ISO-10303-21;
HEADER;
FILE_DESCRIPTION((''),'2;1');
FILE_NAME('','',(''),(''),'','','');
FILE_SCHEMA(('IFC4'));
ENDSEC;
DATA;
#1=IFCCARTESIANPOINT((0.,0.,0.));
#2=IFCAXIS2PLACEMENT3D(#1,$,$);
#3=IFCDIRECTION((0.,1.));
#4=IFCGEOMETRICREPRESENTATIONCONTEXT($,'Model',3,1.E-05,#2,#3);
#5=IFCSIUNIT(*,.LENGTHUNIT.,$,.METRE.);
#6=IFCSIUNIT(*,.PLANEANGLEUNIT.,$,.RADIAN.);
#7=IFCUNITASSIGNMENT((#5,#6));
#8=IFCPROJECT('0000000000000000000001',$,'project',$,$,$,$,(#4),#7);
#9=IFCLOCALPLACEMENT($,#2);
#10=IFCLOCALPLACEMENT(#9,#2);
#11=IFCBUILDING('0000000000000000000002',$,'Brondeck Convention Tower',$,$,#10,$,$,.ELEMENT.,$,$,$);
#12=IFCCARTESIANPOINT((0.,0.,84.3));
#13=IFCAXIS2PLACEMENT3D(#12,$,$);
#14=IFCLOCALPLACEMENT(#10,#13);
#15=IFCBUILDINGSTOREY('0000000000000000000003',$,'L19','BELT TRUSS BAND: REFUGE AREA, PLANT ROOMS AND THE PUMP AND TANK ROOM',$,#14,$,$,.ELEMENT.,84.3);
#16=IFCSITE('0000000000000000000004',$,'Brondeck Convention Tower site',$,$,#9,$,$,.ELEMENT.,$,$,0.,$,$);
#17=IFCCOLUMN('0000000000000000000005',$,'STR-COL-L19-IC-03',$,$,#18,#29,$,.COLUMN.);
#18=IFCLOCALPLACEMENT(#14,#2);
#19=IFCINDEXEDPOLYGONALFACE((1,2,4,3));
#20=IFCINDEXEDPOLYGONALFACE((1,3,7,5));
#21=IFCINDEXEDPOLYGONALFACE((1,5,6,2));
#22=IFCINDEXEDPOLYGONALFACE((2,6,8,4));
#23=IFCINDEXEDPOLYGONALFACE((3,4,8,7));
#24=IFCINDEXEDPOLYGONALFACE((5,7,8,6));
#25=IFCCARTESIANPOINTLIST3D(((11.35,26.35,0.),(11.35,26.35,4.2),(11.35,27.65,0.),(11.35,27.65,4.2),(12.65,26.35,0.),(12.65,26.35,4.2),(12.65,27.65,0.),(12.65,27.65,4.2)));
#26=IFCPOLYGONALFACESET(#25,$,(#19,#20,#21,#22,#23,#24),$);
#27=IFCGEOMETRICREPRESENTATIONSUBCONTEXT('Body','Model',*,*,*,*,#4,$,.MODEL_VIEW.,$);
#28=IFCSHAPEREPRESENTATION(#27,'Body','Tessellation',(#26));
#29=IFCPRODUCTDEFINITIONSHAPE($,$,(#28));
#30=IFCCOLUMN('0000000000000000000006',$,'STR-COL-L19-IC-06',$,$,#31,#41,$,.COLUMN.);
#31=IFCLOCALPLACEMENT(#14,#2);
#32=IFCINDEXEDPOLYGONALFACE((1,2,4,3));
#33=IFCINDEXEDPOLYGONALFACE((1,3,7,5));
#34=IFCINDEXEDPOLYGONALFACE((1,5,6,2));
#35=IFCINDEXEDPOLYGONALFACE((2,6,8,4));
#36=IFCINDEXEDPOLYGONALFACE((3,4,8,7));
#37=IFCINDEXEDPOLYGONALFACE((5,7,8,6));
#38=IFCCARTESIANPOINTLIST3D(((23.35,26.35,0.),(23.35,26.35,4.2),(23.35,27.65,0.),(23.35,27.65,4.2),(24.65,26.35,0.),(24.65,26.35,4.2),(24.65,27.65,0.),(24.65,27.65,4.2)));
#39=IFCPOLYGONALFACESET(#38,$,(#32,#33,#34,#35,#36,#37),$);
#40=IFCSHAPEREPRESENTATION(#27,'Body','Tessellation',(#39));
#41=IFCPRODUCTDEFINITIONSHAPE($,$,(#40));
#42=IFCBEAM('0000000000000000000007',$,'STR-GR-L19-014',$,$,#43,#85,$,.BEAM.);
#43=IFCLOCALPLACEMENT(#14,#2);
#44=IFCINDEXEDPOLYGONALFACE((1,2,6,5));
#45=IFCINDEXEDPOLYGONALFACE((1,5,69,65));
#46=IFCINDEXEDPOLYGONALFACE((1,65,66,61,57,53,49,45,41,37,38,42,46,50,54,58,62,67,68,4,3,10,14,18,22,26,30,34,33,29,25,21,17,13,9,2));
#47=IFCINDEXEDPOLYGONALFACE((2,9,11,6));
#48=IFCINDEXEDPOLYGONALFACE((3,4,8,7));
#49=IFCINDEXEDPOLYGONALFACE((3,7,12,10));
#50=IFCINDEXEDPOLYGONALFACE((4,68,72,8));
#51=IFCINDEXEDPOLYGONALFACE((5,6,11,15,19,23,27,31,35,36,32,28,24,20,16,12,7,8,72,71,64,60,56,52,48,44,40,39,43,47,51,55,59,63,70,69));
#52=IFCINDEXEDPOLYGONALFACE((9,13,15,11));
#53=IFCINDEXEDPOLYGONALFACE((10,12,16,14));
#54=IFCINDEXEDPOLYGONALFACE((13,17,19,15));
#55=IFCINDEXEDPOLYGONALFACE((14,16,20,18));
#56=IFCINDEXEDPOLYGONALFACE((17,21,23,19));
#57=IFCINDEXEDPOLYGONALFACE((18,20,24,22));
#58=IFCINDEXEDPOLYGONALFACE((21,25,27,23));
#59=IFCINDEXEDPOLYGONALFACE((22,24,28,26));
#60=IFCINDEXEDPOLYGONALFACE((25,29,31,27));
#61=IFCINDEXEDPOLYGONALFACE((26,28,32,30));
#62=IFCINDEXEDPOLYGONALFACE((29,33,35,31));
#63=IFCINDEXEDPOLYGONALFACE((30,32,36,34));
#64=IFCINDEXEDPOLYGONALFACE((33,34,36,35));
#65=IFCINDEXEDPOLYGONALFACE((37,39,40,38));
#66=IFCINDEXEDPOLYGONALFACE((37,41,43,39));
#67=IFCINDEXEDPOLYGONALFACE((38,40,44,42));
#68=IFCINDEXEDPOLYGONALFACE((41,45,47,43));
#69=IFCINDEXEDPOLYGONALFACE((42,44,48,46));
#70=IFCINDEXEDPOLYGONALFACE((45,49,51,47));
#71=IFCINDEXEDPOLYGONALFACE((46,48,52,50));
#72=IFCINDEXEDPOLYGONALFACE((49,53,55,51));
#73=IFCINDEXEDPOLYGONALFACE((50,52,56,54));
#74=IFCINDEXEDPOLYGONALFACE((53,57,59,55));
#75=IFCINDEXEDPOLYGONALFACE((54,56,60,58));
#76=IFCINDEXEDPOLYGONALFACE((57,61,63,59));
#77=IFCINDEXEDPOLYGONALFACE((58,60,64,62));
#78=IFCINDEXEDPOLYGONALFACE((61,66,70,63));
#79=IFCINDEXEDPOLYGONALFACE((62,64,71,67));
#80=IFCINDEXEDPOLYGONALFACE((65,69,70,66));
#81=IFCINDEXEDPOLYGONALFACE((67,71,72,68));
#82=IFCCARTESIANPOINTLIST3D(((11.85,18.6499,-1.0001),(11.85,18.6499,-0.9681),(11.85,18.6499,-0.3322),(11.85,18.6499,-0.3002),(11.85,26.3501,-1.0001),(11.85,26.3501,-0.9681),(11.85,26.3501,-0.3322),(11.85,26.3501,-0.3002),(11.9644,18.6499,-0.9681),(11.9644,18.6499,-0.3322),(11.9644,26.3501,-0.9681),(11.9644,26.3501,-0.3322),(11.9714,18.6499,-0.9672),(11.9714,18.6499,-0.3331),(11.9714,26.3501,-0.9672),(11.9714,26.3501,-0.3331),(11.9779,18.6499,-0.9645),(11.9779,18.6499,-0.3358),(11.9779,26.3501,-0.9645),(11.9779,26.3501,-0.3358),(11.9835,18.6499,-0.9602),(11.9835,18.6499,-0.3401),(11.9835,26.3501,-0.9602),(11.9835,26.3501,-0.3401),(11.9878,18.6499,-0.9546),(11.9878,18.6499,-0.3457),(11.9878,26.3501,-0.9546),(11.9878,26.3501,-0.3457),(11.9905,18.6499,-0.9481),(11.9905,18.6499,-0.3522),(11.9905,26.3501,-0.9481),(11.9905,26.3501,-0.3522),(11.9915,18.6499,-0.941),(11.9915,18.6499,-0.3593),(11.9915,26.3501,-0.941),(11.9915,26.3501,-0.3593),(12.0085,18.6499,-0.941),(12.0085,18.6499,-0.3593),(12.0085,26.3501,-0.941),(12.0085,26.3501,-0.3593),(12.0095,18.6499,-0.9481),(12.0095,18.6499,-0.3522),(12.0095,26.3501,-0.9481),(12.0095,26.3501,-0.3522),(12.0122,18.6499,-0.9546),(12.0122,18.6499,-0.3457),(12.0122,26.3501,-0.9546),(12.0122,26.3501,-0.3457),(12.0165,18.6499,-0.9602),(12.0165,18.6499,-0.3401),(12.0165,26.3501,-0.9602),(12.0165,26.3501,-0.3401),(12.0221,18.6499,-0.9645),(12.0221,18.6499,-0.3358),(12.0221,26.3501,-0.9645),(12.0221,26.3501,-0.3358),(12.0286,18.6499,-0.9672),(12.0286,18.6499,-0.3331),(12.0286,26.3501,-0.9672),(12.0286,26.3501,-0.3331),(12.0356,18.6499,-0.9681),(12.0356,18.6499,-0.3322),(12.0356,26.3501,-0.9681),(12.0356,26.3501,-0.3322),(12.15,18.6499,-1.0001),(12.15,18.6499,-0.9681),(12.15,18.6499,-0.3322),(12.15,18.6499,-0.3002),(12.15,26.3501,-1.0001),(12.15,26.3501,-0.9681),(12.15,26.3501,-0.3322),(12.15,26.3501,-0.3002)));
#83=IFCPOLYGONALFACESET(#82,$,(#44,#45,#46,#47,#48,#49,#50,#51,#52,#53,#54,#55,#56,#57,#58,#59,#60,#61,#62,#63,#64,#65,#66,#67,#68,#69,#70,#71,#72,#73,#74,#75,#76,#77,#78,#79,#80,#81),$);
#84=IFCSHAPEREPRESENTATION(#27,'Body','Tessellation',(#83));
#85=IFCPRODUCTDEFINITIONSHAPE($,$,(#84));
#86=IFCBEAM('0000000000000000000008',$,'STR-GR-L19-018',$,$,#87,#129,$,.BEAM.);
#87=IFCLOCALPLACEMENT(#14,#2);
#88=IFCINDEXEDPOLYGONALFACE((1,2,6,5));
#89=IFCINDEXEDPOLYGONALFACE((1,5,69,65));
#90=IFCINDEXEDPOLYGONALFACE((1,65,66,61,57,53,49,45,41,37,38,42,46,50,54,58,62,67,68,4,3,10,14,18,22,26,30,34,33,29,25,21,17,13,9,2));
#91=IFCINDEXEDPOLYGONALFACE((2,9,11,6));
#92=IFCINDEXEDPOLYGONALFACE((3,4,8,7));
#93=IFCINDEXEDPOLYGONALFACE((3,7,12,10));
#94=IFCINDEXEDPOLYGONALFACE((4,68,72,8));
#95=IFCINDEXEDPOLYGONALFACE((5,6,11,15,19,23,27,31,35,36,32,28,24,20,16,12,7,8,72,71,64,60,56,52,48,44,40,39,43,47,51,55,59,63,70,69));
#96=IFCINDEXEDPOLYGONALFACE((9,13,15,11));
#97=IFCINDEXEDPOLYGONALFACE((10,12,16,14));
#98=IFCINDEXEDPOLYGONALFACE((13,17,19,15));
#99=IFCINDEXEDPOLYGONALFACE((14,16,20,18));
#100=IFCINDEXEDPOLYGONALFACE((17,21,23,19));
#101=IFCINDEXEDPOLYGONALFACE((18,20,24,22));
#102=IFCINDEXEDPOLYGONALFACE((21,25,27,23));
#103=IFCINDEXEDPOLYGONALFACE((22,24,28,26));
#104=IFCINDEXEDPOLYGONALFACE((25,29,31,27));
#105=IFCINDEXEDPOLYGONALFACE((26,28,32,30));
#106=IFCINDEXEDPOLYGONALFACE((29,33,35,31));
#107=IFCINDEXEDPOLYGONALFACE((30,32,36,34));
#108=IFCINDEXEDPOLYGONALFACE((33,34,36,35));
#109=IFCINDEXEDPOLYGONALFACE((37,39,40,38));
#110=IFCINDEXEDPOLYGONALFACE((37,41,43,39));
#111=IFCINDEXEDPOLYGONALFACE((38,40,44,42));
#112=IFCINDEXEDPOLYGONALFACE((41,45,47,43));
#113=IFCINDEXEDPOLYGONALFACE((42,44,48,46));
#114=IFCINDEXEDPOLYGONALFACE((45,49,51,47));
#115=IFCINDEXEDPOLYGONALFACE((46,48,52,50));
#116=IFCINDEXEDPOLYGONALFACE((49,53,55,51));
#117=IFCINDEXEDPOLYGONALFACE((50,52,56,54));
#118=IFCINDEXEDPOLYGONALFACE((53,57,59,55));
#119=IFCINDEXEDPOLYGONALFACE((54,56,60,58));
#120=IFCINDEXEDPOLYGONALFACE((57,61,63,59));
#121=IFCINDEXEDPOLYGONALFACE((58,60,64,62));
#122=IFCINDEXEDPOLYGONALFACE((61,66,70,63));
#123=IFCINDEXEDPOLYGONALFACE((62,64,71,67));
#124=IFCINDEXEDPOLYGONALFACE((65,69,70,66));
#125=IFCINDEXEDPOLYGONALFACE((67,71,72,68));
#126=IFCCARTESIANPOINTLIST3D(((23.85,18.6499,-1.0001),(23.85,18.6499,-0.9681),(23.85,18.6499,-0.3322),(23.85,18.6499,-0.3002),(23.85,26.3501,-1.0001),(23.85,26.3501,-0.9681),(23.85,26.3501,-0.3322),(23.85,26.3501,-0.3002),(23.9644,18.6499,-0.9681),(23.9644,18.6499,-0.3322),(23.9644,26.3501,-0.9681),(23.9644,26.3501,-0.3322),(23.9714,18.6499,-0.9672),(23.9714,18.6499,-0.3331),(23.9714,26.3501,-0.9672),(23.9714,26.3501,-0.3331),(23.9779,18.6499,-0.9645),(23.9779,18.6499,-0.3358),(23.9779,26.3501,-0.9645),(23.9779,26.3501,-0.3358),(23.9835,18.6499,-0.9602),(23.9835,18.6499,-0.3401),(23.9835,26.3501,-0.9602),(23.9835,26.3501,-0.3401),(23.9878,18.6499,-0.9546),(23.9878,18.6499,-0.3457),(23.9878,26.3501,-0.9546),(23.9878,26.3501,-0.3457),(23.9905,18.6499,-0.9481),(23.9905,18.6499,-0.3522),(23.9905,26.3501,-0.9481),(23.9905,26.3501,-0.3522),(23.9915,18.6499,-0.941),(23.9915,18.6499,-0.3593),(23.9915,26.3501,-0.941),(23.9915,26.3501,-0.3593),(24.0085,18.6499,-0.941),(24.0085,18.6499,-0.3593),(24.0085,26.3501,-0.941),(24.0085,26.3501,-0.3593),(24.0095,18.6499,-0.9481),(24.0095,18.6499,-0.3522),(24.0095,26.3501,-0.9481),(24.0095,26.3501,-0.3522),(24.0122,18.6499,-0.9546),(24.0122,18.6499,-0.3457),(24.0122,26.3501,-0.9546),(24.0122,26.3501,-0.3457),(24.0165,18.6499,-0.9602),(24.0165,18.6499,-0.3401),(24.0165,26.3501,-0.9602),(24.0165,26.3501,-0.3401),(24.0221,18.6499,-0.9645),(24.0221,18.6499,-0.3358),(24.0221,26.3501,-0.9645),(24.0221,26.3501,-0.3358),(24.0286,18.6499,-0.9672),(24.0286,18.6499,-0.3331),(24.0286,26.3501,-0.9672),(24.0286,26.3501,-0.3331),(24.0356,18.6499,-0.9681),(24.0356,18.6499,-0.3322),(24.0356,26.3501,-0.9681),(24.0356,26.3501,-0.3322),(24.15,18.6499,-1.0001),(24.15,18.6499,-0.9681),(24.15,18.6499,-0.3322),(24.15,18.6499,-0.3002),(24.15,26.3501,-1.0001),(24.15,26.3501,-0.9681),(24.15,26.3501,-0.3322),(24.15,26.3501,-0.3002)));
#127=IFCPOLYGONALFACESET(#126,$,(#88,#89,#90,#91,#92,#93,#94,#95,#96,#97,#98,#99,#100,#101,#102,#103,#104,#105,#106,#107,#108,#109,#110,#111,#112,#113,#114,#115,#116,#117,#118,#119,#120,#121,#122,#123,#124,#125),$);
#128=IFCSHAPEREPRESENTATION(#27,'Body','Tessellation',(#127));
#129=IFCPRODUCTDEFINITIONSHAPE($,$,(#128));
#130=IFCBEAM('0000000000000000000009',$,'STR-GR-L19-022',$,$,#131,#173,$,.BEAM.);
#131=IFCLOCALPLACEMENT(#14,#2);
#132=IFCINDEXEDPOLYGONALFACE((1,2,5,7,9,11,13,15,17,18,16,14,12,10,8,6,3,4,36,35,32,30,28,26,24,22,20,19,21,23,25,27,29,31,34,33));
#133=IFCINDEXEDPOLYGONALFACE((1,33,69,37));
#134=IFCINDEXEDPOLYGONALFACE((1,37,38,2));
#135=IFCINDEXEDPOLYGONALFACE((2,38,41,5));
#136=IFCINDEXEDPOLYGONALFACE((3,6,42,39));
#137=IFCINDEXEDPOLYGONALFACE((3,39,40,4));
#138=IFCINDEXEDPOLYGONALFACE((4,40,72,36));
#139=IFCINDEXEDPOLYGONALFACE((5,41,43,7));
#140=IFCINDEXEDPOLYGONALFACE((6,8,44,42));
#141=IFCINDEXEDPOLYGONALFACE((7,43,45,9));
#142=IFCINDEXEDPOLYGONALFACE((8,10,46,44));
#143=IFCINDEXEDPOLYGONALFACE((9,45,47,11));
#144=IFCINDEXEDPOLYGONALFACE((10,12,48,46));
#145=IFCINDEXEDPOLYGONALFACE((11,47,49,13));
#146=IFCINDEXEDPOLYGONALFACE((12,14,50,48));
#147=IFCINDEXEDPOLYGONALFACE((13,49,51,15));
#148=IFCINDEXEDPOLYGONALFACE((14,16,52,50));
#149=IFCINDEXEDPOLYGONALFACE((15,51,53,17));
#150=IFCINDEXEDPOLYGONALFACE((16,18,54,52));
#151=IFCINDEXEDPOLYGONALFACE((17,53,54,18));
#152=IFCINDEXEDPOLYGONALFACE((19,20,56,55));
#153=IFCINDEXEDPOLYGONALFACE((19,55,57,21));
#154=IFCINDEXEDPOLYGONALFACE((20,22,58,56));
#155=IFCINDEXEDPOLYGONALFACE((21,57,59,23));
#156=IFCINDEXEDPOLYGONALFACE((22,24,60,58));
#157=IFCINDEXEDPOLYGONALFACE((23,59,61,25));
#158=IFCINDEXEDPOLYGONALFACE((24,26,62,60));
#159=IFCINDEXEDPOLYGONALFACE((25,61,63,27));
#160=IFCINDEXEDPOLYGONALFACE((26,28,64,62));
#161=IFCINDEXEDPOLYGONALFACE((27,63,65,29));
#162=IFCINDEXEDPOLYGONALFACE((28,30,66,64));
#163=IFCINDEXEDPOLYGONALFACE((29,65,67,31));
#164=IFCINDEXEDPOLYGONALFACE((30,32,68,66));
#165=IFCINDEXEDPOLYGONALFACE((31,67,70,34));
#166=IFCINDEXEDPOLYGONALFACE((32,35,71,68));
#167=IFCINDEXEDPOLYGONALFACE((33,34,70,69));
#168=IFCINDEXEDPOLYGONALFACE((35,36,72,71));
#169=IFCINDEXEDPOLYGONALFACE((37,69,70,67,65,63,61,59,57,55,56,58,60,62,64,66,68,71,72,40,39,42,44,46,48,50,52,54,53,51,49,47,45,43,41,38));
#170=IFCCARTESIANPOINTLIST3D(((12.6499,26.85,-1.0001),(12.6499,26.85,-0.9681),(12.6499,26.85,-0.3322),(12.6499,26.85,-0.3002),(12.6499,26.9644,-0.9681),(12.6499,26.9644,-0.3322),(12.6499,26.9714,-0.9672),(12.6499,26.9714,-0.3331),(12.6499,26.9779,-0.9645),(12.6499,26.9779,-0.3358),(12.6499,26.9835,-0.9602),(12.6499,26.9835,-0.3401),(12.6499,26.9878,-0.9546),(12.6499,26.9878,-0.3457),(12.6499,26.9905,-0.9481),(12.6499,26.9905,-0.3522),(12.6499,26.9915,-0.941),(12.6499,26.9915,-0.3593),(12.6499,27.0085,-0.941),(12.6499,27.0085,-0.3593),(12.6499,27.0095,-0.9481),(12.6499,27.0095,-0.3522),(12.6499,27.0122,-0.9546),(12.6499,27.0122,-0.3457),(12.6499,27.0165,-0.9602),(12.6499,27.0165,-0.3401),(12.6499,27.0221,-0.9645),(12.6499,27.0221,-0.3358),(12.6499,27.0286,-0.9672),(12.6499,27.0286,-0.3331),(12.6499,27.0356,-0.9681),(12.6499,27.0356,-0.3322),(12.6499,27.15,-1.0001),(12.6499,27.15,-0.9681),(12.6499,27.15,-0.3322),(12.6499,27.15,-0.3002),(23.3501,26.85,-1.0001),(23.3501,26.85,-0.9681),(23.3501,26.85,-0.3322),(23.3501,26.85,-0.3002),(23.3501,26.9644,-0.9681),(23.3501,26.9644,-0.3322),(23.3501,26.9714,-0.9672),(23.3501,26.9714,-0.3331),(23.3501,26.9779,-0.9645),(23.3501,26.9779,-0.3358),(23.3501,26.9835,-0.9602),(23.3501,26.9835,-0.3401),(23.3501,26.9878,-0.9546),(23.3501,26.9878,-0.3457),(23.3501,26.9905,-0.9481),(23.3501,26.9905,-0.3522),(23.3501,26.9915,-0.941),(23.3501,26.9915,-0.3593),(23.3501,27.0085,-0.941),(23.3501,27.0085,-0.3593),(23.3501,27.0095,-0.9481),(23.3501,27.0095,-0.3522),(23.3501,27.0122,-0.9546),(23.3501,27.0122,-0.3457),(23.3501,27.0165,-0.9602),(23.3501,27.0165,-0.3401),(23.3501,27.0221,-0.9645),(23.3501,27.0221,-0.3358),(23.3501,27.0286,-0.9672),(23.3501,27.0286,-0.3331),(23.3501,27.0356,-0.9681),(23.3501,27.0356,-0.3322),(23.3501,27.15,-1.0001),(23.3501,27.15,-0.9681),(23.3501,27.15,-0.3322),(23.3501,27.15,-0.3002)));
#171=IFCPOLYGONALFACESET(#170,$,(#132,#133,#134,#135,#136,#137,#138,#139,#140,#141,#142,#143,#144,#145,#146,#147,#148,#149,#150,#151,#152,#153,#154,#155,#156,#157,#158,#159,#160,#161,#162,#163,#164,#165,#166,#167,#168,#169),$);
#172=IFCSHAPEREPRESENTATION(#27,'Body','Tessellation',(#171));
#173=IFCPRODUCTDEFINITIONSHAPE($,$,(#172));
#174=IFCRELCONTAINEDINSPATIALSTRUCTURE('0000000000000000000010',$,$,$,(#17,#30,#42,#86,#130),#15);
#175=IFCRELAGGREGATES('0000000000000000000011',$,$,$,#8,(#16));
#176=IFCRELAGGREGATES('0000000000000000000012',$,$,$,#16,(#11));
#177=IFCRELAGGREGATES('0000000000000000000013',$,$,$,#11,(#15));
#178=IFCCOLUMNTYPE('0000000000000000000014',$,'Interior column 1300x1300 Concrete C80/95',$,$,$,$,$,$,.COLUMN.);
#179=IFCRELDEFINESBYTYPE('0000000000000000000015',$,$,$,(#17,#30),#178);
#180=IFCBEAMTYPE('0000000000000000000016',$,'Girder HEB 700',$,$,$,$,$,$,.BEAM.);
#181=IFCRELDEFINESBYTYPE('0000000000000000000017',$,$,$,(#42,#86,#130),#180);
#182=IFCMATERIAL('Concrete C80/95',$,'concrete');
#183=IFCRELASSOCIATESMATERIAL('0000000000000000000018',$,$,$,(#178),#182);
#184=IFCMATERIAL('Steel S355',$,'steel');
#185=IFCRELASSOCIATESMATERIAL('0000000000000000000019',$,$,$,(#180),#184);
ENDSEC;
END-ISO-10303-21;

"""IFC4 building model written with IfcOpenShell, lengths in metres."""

from ifc_helpers import new_model, si_unit, direction, frame, origin, origin_2d, place, context, subcontext, project, spatial, rectangle, i_section, extrude, material, material_profile, profile_set, type_object, element, save


model = new_model("IFC4")

# Units and contexts
model_context = context("Model", 3, precision=1e-05, world=origin(), true_north=direction((0.0, 1.0)))
body_context = subcontext(model_context, "Body", "Model", "MODEL_VIEW")
ifc_project = project(units=[si_unit("LENGTHUNIT", "METRE"), si_unit("PLANEANGLEUNIT", "RADIAN")], contexts=[model_context])

# Site, building, storey
site_placement = place(None, origin())
site = spatial("IfcSite", under=ifc_project, at=site_placement, Name="Brondeck Convention Tower site", CompositionType="ELEMENT", RefElevation=0.0)
building_placement = place(site_placement, origin())
building = spatial("IfcBuilding", under=site, at=building_placement, Name="Brondeck Convention Tower", CompositionType="ELEMENT")
storey_placement = place(building_placement, frame((0.0, 0.0, 84.3)))
storey = spatial("IfcBuildingStorey", under=building, at=storey_placement, Name="L19", Description="BELT TRUSS BAND: REFUGE AREA, PLANT ROOMS AND THE PUMP AND TANK ROOM", CompositionType="ELEMENT", Elevation=84.3)

# Columns
ifc_material_1 = material(Name="Concrete C80/95", Category="concrete")
ifc_material_profile_1 = material_profile(ifc_material_1, rectangle(XDim=1.3, YDim=1.3, at=origin_2d()), Name="Interior column 1300x1300 Concrete C80/95")
ifc_profile_set_1 = profile_set([ifc_material_profile_1], Name="Concrete C80/95")
column_type = type_object("IfcColumnType", Name="Interior column 1300x1300 Concrete C80/95", PredefinedType="COLUMN", material=ifc_profile_set_1)
for number, where, z_axis, x_axis, name in (
    (1, (12.0, 27.0, 0.0), (0.0, 0.0, 1.0), (1.0, 0.0, 0.0), "STR-COL-L19-IC-03"),
    (2, (24.0, 27.0, 0.0), (0.0, 0.0, 1.0), (1.0, 0.0, 0.0), "STR-COL-L19-IC-06"),
):
    element("IfcColumn", number, at=place(storey_placement, frame(where, z_axis=z_axis, x_axis=x_axis)), inside=storey, type_object=column_type, Name=name, PredefinedType="COLUMN", context=body_context, shape_type="SweptSolid", body=[
        extrude(rectangle(XDim=1.3, YDim=1.3, at=origin_2d()), origin(), (0.0, 0.0, 1.0), 4.2),
    ])

# Beams
ifc_material_2 = material(Name="Steel S355", Category="steel")
ifc_material_profile_2 = material_profile(ifc_material_2, i_section(OverallWidth=0.3, OverallDepth=0.7, WebThickness=0.0171, FlangeThickness=0.032, FilletRadius=0.0271, at=origin_2d()), Name="HEB 700")
ifc_profile_set_2 = profile_set([ifc_material_profile_2], Name="Steel S355")
beam_type = type_object("IfcBeamType", Name="Girder HEB 700", PredefinedType="BEAM", material=ifc_profile_set_2)
for number, where, z_axis, x_axis, name in (
    (3, (12.0, 26.3501, -0.6501), (0.0, -1.0, 0.0), (1.0, 0.0, 0.0), "STR-GR-L19-014"),
    (4, (24.0, 26.3501, -0.6501), (0.0, -1.0, 0.0), (1.0, 0.0, 0.0), "STR-GR-L19-018"),
):
    element("IfcBeam", number, at=place(storey_placement, frame(where, z_axis=z_axis, x_axis=x_axis)), inside=storey, type_object=beam_type, Name=name, PredefinedType="BEAM", context=body_context, shape_type="SweptSolid", body=[
        extrude(i_section(OverallWidth=0.3, OverallDepth=0.7, WebThickness=0.0171, FlangeThickness=0.032, FilletRadius=0.0271, at=origin_2d()), origin(), (0.0, 0.0, 1.0), 7.7002),
    ])
beam_1_placement = place(storey_placement, frame((12.6499, 27.0, -0.6501), z_axis=(1.0, 0.0, 0.0), x_axis=(0.0, 1.0, 0.0)))
element("IfcBeam", 5, at=beam_1_placement, inside=storey, type_object=beam_type, Name="STR-GR-L19-022", PredefinedType="BEAM", context=body_context, shape_type="SweptSolid", body=[
    extrude(i_section(OverallWidth=0.3, OverallDepth=0.7, WebThickness=0.0171, FlangeThickness=0.032, FilletRadius=0.0271, at=origin_2d()), origin(), (0.0, 0.0, 1.0), 10.7002),
])

save(model, "model.ifc")
